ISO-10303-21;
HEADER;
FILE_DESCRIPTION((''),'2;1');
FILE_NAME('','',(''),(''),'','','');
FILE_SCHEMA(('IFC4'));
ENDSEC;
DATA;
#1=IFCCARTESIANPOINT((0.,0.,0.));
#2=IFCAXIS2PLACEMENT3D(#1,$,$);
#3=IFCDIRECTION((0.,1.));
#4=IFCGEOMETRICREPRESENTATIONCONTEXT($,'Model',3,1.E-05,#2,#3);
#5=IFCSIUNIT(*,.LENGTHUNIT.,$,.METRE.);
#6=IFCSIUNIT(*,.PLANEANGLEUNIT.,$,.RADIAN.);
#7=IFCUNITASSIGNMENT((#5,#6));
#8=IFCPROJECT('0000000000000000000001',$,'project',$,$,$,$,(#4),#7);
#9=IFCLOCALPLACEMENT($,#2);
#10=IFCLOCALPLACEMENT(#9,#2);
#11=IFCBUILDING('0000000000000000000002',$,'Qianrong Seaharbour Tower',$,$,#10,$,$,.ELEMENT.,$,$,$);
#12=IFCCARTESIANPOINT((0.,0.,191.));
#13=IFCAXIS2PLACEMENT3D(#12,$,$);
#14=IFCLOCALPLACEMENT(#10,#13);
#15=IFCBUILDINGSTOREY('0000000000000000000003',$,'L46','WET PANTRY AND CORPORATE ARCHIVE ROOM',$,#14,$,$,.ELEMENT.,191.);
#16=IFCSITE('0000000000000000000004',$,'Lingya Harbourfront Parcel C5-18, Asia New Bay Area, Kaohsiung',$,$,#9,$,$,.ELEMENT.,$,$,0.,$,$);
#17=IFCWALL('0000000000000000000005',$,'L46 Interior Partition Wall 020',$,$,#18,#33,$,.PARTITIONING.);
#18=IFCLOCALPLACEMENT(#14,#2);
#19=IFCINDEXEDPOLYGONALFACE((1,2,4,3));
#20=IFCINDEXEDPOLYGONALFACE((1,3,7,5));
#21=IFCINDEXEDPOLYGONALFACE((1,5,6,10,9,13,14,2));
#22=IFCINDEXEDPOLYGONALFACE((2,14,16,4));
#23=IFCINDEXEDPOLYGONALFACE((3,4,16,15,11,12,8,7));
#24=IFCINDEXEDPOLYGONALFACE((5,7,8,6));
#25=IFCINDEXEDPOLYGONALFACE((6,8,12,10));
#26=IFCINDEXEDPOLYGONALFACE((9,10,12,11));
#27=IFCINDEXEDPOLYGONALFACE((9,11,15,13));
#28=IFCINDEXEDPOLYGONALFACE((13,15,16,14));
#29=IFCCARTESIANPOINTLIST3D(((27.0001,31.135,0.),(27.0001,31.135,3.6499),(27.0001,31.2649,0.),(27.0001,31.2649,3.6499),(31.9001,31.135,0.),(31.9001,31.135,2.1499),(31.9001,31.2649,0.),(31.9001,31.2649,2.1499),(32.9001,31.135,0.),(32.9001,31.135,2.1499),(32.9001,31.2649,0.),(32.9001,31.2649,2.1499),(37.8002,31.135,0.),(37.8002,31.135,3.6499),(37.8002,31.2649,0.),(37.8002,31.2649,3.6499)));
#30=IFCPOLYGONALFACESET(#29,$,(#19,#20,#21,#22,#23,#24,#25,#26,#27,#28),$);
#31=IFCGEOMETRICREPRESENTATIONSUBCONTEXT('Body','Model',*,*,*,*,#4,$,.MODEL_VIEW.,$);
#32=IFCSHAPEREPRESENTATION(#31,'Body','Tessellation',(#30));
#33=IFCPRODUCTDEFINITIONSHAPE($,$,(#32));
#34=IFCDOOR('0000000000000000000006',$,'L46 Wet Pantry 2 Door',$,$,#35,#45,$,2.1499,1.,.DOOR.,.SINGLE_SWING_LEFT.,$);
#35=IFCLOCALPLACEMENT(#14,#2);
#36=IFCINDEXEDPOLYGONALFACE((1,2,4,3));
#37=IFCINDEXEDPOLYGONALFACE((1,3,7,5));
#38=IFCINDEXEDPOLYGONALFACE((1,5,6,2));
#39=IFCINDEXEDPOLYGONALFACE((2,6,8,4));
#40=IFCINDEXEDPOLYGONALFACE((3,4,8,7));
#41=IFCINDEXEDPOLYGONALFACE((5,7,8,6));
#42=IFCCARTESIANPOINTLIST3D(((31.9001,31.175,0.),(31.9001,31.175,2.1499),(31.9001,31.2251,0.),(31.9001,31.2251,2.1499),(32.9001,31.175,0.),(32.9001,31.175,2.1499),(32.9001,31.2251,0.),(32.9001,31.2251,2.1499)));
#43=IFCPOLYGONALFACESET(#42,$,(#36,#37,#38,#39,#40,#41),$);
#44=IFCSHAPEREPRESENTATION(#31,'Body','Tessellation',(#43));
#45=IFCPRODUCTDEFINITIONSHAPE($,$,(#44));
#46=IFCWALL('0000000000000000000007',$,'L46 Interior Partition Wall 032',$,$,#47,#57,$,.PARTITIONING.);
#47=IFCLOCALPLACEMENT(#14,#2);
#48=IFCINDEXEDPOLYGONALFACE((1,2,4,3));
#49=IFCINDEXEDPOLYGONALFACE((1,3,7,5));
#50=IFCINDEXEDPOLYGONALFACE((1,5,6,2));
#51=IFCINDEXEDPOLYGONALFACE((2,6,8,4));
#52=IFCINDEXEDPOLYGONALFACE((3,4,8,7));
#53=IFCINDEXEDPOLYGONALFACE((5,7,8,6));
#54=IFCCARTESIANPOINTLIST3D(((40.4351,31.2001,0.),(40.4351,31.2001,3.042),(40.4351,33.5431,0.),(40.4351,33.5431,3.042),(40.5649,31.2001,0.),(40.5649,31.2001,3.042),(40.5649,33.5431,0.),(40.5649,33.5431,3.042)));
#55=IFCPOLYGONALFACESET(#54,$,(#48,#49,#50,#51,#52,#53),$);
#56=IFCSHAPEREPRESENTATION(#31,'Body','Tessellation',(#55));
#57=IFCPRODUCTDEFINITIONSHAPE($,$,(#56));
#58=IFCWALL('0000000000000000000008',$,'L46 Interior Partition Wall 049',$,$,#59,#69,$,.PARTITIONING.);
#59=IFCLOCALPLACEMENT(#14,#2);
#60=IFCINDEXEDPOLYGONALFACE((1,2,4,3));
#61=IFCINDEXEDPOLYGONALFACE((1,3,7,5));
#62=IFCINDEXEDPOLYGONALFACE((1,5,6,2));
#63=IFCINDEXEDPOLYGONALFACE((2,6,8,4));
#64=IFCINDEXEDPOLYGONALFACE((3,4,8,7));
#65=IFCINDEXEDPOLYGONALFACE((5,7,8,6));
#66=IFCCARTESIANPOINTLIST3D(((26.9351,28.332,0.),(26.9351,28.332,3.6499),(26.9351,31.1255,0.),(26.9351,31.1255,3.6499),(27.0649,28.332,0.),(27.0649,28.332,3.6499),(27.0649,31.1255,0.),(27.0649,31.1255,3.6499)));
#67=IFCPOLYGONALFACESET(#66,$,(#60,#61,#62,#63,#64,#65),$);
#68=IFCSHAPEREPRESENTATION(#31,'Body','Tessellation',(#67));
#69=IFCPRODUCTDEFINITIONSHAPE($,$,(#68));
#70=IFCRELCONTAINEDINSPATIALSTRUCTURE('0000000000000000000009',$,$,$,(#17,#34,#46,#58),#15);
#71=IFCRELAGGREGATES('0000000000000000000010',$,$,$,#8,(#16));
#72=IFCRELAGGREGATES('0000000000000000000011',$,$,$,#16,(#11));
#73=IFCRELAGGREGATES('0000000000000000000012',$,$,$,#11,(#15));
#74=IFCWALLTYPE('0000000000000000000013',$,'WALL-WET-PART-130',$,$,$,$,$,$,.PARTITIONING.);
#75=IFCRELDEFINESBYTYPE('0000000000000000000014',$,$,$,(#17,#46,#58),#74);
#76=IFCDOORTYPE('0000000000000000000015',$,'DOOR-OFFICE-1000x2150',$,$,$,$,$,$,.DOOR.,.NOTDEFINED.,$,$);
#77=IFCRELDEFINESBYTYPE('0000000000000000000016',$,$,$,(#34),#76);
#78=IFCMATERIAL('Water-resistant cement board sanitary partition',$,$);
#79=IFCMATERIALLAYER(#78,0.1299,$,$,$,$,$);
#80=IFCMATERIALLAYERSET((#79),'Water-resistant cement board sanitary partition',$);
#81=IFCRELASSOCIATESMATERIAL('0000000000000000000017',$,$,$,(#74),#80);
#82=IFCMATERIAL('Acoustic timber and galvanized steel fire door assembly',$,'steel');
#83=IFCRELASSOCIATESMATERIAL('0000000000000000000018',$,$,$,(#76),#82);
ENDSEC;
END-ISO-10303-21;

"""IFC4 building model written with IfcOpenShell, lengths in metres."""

from ifc_helpers import new_model, si_unit, direction, frame, frame_2d, origin, place, context, subcontext, project, spatial, rectangle, extrude, material, layer, layer_set, type_object, element, fill, save


model = new_model("IFC4")

# Units and contexts
model_context = context("Model", 3, precision=1e-05, world=origin(), true_north=direction((0.0, 1.0)))
body_context = subcontext(model_context, "Body", "Model", "MODEL_VIEW")
ifc_project = project(units=[si_unit("LENGTHUNIT", "METRE"), si_unit("PLANEANGLEUNIT", "RADIAN")], contexts=[model_context])

# Site, building, storey
site_placement = place(None, origin())
site = spatial("IfcSite", under=ifc_project, at=site_placement, Name="Lingya Harbourfront Parcel C5-18, Asia New Bay Area, Kaohsiung", CompositionType="ELEMENT", RefElevation=0.0)
building_placement = place(site_placement, origin())
building = spatial("IfcBuilding", under=site, at=building_placement, Name="Qianrong Seaharbour Tower", CompositionType="ELEMENT")
storey_placement = place(building_placement, frame((0.0, 0.0, 191.0)))
storey = spatial("IfcBuildingStorey", under=building, at=storey_placement, Name="L46", Description="WET PANTRY AND CORPORATE ARCHIVE ROOM", CompositionType="ELEMENT", Elevation=191.0)

# Shared definitions
ifc_material_1 = material(Name="Acoustic timber and galvanized steel fire door assembly", Category="steel")

# Wall, opening, door
ifc_material_2 = material(Name="Water-resistant cement board sanitary partition")
ifc_layer_1 = layer(ifc_material_2, 0.1299)
ifc_layer_set_1 = layer_set([ifc_layer_1], Name="Water-resistant cement board sanitary partition")
wall_type_1 = type_object("IfcWallType", Name="WALL-WET-PART-130", PredefinedType="PARTITIONING", material=ifc_layer_set_1)
wall_1_placement = place(storey_placement, frame((37.8, 31.2, 0.0), z_axis=(0.0, 0.0, 1.0), x_axis=(-1.0, 0.0, 0.0)))
wall_1 = element("IfcWall", 1, at=wall_1_placement, inside=storey, type_object=wall_type_1, Name="L46 Interior Partition Wall 020", PredefinedType="PARTITIONING", context=body_context, shape_type="SweptSolid", body=[
    extrude(rectangle(XDim=10.8, YDim=0.1299, at=frame_2d((5.3999, 0.0))), origin(), (0.0, 0.0, 1.0), 3.6499),
])
opening_1_placement = place(wall_1_placement, frame((4.8999, 0.0, 0.0)))
opening_1 = element("IfcOpeningElement", 2, at=opening_1_placement, cuts=wall_1, PredefinedType="OPENING", context=body_context, shape_type="SweptSolid", body=[
    extrude(rectangle(XDim=1.0, YDim=2.1499, at=frame_2d((0.5, 1.075))), frame((0.0, 0.075, 0.0), z_axis=(0.0, -1.0, 0.0), x_axis=(1.0, 0.0, 0.0)), (0.0, 0.0, 1.0), 0.1499),
])
door_type_1 = type_object("IfcDoorType", Name="DOOR-OFFICE-1000x2150", OperationType="NOTDEFINED", PredefinedType="DOOR", material=ifc_material_1)
door_1_placement = place(opening_1_placement, origin())
door_1 = element("IfcDoor", 3, at=door_1_placement, inside=storey, type_object=door_type_1, Name="L46 Wet Pantry 2 Door", OperationType="SINGLE_SWING_LEFT", OverallHeight=2.1499, OverallWidth=1.0, PredefinedType="DOOR", context=body_context, shape_type="SweptSolid", body=[
    extrude(rectangle(XDim=1.0, YDim=2.1499, at=frame_2d((0.5, 1.075))), frame((0.0, 0.0249, 0.0), z_axis=(0.0, -1.0, 0.0), x_axis=(1.0, 0.0, 0.0)), (0.0, 0.0, 1.0), 0.05),
])
fill(opening_1, door_1)

# Walls
wall_2_placement = place(storey_placement, frame((40.5, 33.543, 0.0), z_axis=(0.0, 0.0, 1.0), x_axis=(0.0, -1.0, 0.0)))
element("IfcWall", 4, at=wall_2_placement, inside=storey, type_object=wall_type_1, Name="L46 Interior Partition Wall 032", PredefinedType="PARTITIONING", context=body_context, shape_type="SweptSolid", body=[
    extrude(rectangle(XDim=2.343, YDim=0.1299, at=frame_2d((1.1714, 0.0))), origin(), (0.0, 0.0, 1.0), 3.042),
])
wall_3_placement = place(storey_placement, frame((27.0, 31.1255, 0.0), z_axis=(0.0, 0.0, 1.0), x_axis=(0.0, -1.0, 0.0)))
element("IfcWall", 5, at=wall_3_placement, inside=storey, type_object=wall_type_1, Name="L46 Interior Partition Wall 049", PredefinedType="PARTITIONING", context=body_context, shape_type="SweptSolid", body=[
    extrude(rectangle(XDim=2.7935, YDim=0.1299, at=frame_2d((1.3967, 0.0))), origin(), (0.0, 0.0, 1.0), 3.6499),
])

save(model, "model.ifc")
